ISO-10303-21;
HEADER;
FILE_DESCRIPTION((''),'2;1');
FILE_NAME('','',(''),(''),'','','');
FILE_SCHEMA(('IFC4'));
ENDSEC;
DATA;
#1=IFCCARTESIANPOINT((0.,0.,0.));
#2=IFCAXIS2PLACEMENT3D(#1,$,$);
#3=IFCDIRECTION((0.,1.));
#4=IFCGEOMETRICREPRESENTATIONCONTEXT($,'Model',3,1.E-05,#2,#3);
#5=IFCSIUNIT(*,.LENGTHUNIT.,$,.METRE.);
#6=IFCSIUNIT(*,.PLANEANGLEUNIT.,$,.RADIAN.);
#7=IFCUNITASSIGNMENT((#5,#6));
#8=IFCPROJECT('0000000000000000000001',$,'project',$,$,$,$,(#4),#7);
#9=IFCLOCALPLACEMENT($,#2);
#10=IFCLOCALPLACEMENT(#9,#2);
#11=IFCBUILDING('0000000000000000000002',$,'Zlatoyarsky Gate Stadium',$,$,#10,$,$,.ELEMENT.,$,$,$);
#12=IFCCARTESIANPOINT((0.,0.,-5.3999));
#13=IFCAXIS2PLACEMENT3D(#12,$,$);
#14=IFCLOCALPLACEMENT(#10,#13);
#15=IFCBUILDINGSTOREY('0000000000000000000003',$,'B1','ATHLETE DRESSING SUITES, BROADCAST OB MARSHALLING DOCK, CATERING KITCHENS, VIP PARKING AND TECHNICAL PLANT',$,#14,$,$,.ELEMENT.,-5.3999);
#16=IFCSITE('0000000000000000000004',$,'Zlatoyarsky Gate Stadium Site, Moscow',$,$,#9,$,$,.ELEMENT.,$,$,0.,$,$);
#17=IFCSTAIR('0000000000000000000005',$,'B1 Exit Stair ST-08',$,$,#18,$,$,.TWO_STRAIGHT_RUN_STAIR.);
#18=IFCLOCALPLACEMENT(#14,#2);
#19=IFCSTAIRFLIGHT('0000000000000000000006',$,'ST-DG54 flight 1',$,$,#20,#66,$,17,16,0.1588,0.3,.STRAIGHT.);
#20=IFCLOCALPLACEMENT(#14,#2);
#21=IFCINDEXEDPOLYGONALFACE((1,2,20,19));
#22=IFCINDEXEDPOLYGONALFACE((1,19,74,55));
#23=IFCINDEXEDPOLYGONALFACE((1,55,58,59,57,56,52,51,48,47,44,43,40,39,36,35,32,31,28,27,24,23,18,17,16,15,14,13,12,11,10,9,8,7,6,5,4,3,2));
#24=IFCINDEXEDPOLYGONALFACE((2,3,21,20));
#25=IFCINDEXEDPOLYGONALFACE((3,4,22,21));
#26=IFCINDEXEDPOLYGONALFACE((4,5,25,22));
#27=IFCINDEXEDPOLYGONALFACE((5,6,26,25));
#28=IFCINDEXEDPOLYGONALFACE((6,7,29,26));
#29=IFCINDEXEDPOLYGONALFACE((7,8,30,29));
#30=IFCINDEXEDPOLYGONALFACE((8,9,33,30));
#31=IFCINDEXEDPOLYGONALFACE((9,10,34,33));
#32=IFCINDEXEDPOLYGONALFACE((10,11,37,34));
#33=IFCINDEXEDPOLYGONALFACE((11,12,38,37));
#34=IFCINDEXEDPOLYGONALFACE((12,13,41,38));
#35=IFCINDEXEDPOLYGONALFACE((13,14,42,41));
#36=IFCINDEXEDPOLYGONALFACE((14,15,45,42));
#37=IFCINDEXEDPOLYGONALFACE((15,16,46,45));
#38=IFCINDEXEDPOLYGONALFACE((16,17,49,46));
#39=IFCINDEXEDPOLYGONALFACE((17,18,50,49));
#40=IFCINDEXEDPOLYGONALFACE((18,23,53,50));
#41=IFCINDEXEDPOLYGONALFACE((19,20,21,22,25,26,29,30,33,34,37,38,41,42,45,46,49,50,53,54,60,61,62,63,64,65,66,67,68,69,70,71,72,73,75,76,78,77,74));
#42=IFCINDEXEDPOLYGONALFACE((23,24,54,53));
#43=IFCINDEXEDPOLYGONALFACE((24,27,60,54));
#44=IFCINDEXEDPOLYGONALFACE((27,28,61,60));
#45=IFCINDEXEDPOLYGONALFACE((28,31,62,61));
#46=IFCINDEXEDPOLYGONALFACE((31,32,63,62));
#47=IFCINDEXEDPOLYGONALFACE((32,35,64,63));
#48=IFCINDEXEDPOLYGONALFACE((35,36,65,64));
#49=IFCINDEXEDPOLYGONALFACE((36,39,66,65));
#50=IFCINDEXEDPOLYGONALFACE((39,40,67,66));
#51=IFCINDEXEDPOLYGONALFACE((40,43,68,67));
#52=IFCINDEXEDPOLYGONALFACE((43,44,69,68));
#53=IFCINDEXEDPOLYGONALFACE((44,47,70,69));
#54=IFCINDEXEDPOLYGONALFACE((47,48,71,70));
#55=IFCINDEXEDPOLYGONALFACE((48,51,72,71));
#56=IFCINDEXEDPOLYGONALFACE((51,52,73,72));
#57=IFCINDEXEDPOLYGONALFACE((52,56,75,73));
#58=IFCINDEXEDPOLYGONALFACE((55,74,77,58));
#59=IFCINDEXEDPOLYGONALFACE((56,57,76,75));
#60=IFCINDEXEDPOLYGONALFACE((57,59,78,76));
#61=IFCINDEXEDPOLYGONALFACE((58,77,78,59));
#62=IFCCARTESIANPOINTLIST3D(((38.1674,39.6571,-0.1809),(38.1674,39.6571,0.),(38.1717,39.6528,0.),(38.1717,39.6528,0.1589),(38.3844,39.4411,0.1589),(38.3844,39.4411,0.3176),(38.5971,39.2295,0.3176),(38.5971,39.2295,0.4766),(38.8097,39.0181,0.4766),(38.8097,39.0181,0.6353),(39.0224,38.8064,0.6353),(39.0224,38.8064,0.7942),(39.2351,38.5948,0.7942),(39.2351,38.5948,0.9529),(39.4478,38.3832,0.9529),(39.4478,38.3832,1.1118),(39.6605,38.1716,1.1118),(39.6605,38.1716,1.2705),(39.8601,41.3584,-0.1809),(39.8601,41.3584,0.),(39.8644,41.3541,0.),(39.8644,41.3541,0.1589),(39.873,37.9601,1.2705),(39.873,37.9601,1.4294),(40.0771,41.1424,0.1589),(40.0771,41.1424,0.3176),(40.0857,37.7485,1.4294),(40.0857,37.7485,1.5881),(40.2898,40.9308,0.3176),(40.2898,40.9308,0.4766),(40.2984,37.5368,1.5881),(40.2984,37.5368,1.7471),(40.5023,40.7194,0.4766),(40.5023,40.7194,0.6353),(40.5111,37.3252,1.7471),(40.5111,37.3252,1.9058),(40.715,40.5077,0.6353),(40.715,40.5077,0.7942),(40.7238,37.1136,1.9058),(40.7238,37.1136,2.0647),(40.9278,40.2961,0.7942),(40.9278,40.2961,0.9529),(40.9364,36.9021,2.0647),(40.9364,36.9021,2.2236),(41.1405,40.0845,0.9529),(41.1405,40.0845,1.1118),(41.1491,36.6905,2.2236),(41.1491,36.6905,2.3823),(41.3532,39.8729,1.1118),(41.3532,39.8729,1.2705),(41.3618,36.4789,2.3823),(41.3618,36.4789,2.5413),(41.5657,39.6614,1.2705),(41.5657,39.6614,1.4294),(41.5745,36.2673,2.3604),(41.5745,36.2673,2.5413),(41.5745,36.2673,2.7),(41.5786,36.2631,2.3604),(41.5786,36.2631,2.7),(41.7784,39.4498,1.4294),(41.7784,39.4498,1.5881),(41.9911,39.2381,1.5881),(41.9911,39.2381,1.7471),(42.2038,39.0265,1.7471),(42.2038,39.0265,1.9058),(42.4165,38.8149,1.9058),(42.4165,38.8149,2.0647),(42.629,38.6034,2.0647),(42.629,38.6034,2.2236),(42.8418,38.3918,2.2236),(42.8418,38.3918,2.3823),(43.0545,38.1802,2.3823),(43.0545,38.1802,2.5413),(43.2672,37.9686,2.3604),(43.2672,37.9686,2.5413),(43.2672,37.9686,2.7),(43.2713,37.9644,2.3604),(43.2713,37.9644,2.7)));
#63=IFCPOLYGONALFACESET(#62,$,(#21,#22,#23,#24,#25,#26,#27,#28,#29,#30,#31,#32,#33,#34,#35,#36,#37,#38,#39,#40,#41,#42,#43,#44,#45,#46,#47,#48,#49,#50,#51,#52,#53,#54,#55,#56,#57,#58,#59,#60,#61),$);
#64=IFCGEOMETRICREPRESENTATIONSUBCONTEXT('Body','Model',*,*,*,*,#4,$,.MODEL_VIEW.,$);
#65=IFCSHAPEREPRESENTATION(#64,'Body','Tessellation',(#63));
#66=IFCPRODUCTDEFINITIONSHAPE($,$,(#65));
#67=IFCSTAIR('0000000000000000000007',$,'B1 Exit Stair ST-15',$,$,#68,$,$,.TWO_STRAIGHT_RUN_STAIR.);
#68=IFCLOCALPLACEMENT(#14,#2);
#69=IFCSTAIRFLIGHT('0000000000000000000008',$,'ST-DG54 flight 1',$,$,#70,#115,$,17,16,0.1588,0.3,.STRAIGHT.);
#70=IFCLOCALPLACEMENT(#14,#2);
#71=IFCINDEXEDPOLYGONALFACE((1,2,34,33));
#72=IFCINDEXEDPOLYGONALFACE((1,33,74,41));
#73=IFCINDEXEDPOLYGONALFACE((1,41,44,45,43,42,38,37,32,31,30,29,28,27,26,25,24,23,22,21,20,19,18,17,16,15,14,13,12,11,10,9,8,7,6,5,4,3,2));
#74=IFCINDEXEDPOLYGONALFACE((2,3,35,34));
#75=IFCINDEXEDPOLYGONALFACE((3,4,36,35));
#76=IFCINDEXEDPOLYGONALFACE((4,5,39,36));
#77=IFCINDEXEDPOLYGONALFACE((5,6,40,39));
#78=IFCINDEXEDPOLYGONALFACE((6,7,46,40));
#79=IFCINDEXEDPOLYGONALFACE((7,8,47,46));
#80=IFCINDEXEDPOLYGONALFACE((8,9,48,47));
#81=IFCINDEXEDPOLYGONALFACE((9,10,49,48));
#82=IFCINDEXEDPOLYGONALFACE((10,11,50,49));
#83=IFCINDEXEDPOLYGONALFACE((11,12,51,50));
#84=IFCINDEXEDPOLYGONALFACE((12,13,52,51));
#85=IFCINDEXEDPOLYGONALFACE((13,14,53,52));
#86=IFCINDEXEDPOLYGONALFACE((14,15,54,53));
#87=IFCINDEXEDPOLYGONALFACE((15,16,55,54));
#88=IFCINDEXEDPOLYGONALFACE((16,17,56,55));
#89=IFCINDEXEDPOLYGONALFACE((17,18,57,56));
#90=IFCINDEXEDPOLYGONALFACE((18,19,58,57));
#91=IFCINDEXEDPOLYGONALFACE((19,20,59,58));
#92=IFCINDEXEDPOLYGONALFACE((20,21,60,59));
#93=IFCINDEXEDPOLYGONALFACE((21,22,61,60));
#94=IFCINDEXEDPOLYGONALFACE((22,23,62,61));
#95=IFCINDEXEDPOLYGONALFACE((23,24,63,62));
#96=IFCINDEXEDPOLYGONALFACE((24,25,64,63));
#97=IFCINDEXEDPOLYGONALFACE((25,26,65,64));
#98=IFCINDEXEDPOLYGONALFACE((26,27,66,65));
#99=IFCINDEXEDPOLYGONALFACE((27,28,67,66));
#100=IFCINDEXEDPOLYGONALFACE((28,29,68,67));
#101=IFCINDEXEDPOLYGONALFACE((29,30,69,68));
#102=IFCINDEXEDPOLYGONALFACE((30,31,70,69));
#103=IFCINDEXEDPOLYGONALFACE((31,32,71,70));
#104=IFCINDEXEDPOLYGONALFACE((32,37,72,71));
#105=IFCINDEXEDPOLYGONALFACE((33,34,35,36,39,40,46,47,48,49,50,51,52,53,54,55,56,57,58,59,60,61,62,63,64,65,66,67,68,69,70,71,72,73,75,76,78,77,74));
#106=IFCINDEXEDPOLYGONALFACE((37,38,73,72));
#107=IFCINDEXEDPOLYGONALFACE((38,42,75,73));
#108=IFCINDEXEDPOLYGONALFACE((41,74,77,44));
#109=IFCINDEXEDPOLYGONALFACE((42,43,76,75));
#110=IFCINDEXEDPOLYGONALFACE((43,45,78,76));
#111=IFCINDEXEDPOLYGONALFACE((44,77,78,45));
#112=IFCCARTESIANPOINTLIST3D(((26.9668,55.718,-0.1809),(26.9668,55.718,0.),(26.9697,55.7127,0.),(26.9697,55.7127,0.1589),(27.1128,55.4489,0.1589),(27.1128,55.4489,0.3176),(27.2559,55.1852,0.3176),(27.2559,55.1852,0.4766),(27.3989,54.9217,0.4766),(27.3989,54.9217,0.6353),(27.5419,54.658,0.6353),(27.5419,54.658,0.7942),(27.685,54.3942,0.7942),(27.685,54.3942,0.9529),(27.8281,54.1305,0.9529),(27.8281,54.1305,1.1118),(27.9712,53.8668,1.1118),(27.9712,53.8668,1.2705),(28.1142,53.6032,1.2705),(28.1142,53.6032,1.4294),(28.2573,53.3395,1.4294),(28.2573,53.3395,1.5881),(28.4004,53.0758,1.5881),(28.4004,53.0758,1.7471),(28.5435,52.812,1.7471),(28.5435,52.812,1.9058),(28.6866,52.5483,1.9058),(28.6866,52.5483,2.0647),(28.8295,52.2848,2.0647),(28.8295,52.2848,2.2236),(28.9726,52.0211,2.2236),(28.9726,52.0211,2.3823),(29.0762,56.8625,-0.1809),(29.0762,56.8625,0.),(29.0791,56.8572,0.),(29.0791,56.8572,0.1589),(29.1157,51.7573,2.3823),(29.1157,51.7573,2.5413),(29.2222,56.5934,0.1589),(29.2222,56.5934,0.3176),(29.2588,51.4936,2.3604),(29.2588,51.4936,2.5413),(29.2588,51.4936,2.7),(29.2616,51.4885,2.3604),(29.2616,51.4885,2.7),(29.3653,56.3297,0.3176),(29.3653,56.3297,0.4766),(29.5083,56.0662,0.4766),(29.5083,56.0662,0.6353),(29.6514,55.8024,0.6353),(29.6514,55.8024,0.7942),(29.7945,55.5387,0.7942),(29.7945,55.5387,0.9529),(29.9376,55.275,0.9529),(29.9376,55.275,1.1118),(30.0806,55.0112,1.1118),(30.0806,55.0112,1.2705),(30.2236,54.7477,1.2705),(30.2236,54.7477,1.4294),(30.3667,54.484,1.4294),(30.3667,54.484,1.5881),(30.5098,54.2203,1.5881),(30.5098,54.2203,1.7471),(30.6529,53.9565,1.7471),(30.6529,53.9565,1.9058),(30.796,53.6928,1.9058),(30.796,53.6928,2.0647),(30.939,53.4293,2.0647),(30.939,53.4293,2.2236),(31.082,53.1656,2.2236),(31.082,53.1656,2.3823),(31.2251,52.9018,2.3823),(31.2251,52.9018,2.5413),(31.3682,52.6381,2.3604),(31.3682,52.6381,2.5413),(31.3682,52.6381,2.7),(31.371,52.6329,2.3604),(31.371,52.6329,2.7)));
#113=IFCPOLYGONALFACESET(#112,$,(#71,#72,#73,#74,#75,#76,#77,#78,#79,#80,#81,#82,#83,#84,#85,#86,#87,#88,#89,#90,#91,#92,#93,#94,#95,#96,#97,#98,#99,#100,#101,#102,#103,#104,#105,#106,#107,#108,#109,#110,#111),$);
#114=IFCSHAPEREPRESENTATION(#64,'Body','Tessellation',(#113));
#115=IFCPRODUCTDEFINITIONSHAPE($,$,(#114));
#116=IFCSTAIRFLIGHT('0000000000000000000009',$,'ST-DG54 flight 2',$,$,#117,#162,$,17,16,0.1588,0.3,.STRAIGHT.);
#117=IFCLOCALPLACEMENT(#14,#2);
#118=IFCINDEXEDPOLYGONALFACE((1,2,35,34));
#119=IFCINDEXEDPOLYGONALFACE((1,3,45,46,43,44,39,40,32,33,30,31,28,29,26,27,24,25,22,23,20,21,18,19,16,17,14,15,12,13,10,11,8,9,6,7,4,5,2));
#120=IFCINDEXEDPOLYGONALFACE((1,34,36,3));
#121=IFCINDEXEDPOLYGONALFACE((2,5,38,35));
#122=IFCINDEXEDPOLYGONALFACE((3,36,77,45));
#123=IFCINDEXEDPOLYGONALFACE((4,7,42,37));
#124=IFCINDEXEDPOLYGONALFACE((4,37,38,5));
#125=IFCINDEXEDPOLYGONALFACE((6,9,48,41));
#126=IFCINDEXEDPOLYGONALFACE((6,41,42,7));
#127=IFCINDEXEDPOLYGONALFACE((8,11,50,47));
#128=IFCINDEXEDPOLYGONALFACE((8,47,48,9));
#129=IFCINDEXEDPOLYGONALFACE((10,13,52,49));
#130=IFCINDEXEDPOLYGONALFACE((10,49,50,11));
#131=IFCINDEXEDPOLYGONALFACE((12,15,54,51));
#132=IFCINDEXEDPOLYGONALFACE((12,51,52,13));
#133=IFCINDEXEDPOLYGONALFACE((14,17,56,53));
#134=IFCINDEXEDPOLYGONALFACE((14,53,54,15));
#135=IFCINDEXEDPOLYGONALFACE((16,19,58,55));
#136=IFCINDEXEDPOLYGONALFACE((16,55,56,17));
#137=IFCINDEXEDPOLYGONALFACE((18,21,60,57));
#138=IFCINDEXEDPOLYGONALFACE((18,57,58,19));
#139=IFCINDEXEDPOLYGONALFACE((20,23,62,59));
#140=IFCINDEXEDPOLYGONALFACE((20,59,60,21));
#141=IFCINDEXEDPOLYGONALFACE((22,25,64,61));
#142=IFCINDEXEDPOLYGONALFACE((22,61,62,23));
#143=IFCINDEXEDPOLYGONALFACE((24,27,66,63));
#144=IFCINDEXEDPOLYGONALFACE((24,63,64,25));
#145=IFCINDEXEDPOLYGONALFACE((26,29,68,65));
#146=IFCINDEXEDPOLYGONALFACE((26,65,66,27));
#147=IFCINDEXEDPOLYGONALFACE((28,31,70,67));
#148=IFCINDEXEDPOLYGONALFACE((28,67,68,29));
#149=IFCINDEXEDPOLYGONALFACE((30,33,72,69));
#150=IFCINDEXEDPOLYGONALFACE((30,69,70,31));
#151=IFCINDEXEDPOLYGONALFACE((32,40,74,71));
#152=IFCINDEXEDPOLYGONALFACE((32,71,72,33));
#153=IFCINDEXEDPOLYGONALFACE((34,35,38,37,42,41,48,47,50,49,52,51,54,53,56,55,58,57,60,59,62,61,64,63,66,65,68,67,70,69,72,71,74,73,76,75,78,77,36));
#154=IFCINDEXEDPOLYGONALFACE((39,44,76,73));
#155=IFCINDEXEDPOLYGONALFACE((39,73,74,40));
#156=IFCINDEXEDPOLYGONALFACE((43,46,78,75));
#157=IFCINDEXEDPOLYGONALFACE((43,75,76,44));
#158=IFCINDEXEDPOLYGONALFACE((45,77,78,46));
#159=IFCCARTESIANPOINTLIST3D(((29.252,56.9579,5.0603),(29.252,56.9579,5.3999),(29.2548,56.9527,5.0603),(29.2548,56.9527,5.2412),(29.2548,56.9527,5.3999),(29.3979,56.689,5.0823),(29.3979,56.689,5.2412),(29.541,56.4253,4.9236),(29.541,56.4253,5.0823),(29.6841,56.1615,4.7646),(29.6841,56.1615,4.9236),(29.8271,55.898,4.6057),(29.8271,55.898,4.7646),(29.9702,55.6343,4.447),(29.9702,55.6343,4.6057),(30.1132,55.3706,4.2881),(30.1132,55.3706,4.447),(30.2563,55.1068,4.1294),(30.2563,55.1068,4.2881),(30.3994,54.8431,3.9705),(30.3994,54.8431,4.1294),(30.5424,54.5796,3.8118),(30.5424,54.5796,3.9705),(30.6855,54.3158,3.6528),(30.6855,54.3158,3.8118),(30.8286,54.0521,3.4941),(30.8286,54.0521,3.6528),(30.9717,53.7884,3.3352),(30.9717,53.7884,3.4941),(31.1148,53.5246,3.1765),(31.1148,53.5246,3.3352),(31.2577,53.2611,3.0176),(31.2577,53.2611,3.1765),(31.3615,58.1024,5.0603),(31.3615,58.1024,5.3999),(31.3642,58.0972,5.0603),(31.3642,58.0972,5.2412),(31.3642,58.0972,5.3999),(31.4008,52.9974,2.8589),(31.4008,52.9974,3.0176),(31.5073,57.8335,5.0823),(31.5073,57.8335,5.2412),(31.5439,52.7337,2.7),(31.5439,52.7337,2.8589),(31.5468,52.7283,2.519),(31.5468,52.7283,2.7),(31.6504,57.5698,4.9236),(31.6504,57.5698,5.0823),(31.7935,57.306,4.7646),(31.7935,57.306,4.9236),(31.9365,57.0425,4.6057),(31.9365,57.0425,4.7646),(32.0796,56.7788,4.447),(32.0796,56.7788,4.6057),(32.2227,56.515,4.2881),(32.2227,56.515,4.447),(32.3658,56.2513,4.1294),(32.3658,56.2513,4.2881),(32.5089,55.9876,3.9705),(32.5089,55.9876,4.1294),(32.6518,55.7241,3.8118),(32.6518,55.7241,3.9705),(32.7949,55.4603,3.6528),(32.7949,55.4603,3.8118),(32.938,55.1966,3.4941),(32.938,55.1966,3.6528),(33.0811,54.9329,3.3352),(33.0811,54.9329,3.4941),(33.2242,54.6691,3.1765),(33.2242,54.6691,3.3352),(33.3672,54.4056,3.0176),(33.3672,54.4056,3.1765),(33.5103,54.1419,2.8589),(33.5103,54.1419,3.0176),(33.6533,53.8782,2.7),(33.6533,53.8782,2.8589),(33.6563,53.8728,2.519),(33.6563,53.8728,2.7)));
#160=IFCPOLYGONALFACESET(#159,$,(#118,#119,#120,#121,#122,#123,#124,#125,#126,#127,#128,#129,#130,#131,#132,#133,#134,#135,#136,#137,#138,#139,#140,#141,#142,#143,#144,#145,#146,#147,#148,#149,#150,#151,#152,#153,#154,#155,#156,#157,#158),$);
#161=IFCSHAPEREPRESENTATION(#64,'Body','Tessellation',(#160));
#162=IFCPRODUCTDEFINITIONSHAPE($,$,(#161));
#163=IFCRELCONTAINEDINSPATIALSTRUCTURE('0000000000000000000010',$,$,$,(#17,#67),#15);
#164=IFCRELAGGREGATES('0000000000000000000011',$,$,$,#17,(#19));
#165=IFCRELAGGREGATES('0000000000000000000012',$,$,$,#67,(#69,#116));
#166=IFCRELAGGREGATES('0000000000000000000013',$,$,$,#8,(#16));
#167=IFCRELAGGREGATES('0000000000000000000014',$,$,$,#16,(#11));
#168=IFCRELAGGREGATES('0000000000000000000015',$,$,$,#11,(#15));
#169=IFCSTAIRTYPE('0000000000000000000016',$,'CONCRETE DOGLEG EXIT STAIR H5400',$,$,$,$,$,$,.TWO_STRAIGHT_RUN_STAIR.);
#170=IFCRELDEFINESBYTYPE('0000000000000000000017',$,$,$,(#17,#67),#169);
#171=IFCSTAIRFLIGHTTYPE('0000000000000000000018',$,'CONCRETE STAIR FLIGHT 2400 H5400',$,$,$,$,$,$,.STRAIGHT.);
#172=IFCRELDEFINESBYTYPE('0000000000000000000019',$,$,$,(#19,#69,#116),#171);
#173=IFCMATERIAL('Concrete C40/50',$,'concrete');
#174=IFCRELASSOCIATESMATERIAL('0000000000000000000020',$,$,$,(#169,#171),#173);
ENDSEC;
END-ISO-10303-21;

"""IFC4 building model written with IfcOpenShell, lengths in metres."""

from ifc_helpers import new_model, si_unit, direction, frame, origin, place, context, subcontext, project, spatial, polyline, outline, extrude, material, type_object, element, aggregate, save


model = new_model("IFC4")

# Units and contexts
model_context = context("Model", 3, precision=1e-05, world=origin(), true_north=direction((0.0, 1.0)))
body_context = subcontext(model_context, "Body", "Model", "MODEL_VIEW")
ifc_project = project(units=[si_unit("LENGTHUNIT", "METRE"), si_unit("PLANEANGLEUNIT", "RADIAN")], contexts=[model_context])

# Site, building, storey
site_placement = place(None, origin())
site = spatial("IfcSite", under=ifc_project, at=site_placement, Name="Zlatoyarsky Gate Stadium Site, Moscow", CompositionType="ELEMENT", RefElevation=0.0)
building_placement = place(site_placement, origin())
building = spatial("IfcBuilding", under=site, at=building_placement, Name="Zlatoyarsky Gate Stadium", CompositionType="ELEMENT")
storey_placement = place(building_placement, frame((0.0, 0.0, -5.3999)))
storey = spatial("IfcBuildingStorey", under=building, at=storey_placement, Name="B1", Description="ATHLETE DRESSING SUITES, BROADCAST OB MARSHALLING DOCK, CATERING KITCHENS, VIP PARKING AND TECHNICAL PLANT", CompositionType="ELEMENT", Elevation=-5.3999)

# Shared definitions
ifc_material_1 = material(Name="Concrete C40/50", Category="concrete")

# Stair, stair flight
stair_type = type_object("IfcStairType", Name="CONCRETE DOGLEG EXIT STAIR H5400", PredefinedType="TWO_STRAIGHT_RUN_STAIR", material=ifc_material_1)
stair_1_placement = place(storey_placement, origin())
stair_1 = element("IfcStair", 1, at=stair_1_placement, inside=storey, type_object=stair_type, Name="B1 Exit Stair ST-08", PredefinedType="TWO_STRAIGHT_RUN_STAIR")
stair_flight_type = type_object("IfcStairFlightType", Name="CONCRETE STAIR FLIGHT 2400 H5400", PredefinedType="STRAIGHT", material=ifc_material_1)
stair_flight_1_placement = place(storey_placement, frame((39.0181, 40.5034, 0.0), z_axis=(0.0, 0.0, 1.0), x_axis=(0.708901, -0.705308, 0.0)))
stair_flight_1 = element("IfcStairFlight", 2, at=stair_flight_1_placement, type_object=stair_flight_type, Name="ST-DG54 flight 1", NumberOfRisers=17, NumberOfTreads=16, PredefinedType="STRAIGHT", RiserHeight=0.1588, TreadLength=0.3, context=body_context, shape_type="SweptSolid", body=[
    extrude(outline(polyline([(-0.0061, -0.1809), (-0.0061, 0.0), (0.0, 0.0), (0.0, 0.1589), (0.3, 0.1589), (0.3, 0.3176), (0.6001, 0.3176), (0.6001, 0.4766), (0.8999, 0.4766), (0.8999, 0.6353), (1.2, 0.6353), (1.2, 0.7942), (1.5, 0.7942), (1.5, 0.9529), (1.8, 0.9529), (1.8, 1.1118), (2.1001, 1.1118), (2.1001, 1.2705), (2.3999, 1.2705), (2.3999, 1.4294), (2.7, 1.4294), (2.7, 1.5881), (3.0, 1.5881), (3.0, 1.7471), (3.3, 1.7471), (3.3, 1.9058), (3.6001, 1.9058), (3.6001, 2.0647), (3.8999, 2.0647), (3.8999, 2.2236), (4.2, 2.2236), (4.2, 2.3823), (4.5, 2.3823), (4.5, 2.5413), (4.8, 2.5413), (4.8, 2.7), (4.8059, 2.7), (4.8059, 2.3604), (4.8, 2.3604), (-0.0061, -0.1809)])), frame((0.0, 1.2, 0.0), z_axis=(0.0, -1.0, 0.0), x_axis=(1.0, 0.0, 0.0)), (0.0, 0.0, 1.0), 2.3999),
])
aggregate(stair_1, [stair_flight_1])

# Stair, stair flights
stair_2_placement = place(storey_placement, origin())
stair_2 = element("IfcStair", 3, at=stair_2_placement, inside=storey, type_object=stair_type, Name="B1 Exit Stair ST-15", PredefinedType="TWO_STRAIGHT_RUN_STAIR")
stair_flight_2_placement = place(storey_placement, frame((28.0244, 56.2849, 0.0), z_axis=(0.0, 0.0, 1.0), x_axis=(0.47689, -0.878963, 0.0)))
stair_flight_2 = element("IfcStairFlight", 4, at=stair_flight_2_placement, type_object=stair_flight_type, Name="ST-DG54 flight 1", NumberOfRisers=17, NumberOfTreads=16, PredefinedType="STRAIGHT", RiserHeight=0.1588, TreadLength=0.3, context=body_context, shape_type="SweptSolid", body=[
    extrude(outline(polyline([(-0.0061, -0.1809), (-0.0061, 0.0), (0.0, 0.0), (0.0, 0.1589), (0.3, 0.1589), (0.3, 0.3176), (0.6001, 0.3176), (0.6001, 0.4766), (0.8999, 0.4766), (0.8999, 0.6353), (1.2, 0.6353), (1.2, 0.7942), (1.5, 0.7942), (1.5, 0.9529), (1.8, 0.9529), (1.8, 1.1118), (2.1001, 1.1118), (2.1001, 1.2705), (2.3999, 1.2705), (2.3999, 1.4294), (2.7, 1.4294), (2.7, 1.5881), (3.0, 1.5881), (3.0, 1.7471), (3.3, 1.7471), (3.3, 1.9058), (3.6001, 1.9058), (3.6001, 2.0647), (3.8999, 2.0647), (3.8999, 2.2236), (4.2, 2.2236), (4.2, 2.3823), (4.5, 2.3823), (4.5, 2.5413), (4.8, 2.5413), (4.8, 2.7), (4.8059, 2.7), (4.8059, 2.3604), (4.8, 2.3604), (-0.0061, -0.1809)])), frame((0.0, 1.2, 0.0), z_axis=(0.0, -1.0, 0.0), x_axis=(1.0, 0.0, 0.0)), (0.0, 0.0, 1.0), 2.3999),
])
stair_flight_3_placement = place(storey_placement, frame((32.5986, 53.3059, 2.7), z_axis=(0.0, 0.0, 1.0), x_axis=(-0.47689, 0.878963, 0.0)))
stair_flight_3 = element("IfcStairFlight", 5, at=stair_flight_3_placement, type_object=stair_flight_type, Name="ST-DG54 flight 2", NumberOfRisers=17, NumberOfTreads=16, PredefinedType="STRAIGHT", RiserHeight=0.1588, TreadLength=0.3, context=body_context, shape_type="SweptSolid", body=[
    extrude(outline(polyline([(-0.0061, -0.1809), (-0.0061, 0.0), (0.0, 0.0), (0.0, 0.1589), (0.3, 0.1589), (0.3, 0.3176), (0.6001, 0.3176), (0.6001, 0.4766), (0.8999, 0.4766), (0.8999, 0.6353), (1.2, 0.6353), (1.2, 0.7942), (1.5, 0.7942), (1.5, 0.9529), (1.8, 0.9529), (1.8, 1.1118), (2.1001, 1.1118), (2.1001, 1.2705), (2.3999, 1.2705), (2.3999, 1.4294), (2.7, 1.4294), (2.7, 1.5881), (3.0, 1.5881), (3.0, 1.7471), (3.3, 1.7471), (3.3, 1.9058), (3.6001, 1.9058), (3.6001, 2.0647), (3.8999, 2.0647), (3.8999, 2.2236), (4.2, 2.2236), (4.2, 2.3823), (4.5, 2.3823), (4.5, 2.5413), (4.8, 2.5413), (4.8, 2.7), (4.8059, 2.7), (4.8059, 2.3604), (4.8, 2.3604), (-0.0061, -0.1809)])), frame((0.0, 1.2, 0.0), z_axis=(0.0, -1.0, 0.0), x_axis=(1.0, 0.0, 0.0)), (0.0, 0.0, 1.0), 2.3999),
])
aggregate(stair_2, [stair_flight_2, stair_flight_3])

save(model, "model.ifc")
